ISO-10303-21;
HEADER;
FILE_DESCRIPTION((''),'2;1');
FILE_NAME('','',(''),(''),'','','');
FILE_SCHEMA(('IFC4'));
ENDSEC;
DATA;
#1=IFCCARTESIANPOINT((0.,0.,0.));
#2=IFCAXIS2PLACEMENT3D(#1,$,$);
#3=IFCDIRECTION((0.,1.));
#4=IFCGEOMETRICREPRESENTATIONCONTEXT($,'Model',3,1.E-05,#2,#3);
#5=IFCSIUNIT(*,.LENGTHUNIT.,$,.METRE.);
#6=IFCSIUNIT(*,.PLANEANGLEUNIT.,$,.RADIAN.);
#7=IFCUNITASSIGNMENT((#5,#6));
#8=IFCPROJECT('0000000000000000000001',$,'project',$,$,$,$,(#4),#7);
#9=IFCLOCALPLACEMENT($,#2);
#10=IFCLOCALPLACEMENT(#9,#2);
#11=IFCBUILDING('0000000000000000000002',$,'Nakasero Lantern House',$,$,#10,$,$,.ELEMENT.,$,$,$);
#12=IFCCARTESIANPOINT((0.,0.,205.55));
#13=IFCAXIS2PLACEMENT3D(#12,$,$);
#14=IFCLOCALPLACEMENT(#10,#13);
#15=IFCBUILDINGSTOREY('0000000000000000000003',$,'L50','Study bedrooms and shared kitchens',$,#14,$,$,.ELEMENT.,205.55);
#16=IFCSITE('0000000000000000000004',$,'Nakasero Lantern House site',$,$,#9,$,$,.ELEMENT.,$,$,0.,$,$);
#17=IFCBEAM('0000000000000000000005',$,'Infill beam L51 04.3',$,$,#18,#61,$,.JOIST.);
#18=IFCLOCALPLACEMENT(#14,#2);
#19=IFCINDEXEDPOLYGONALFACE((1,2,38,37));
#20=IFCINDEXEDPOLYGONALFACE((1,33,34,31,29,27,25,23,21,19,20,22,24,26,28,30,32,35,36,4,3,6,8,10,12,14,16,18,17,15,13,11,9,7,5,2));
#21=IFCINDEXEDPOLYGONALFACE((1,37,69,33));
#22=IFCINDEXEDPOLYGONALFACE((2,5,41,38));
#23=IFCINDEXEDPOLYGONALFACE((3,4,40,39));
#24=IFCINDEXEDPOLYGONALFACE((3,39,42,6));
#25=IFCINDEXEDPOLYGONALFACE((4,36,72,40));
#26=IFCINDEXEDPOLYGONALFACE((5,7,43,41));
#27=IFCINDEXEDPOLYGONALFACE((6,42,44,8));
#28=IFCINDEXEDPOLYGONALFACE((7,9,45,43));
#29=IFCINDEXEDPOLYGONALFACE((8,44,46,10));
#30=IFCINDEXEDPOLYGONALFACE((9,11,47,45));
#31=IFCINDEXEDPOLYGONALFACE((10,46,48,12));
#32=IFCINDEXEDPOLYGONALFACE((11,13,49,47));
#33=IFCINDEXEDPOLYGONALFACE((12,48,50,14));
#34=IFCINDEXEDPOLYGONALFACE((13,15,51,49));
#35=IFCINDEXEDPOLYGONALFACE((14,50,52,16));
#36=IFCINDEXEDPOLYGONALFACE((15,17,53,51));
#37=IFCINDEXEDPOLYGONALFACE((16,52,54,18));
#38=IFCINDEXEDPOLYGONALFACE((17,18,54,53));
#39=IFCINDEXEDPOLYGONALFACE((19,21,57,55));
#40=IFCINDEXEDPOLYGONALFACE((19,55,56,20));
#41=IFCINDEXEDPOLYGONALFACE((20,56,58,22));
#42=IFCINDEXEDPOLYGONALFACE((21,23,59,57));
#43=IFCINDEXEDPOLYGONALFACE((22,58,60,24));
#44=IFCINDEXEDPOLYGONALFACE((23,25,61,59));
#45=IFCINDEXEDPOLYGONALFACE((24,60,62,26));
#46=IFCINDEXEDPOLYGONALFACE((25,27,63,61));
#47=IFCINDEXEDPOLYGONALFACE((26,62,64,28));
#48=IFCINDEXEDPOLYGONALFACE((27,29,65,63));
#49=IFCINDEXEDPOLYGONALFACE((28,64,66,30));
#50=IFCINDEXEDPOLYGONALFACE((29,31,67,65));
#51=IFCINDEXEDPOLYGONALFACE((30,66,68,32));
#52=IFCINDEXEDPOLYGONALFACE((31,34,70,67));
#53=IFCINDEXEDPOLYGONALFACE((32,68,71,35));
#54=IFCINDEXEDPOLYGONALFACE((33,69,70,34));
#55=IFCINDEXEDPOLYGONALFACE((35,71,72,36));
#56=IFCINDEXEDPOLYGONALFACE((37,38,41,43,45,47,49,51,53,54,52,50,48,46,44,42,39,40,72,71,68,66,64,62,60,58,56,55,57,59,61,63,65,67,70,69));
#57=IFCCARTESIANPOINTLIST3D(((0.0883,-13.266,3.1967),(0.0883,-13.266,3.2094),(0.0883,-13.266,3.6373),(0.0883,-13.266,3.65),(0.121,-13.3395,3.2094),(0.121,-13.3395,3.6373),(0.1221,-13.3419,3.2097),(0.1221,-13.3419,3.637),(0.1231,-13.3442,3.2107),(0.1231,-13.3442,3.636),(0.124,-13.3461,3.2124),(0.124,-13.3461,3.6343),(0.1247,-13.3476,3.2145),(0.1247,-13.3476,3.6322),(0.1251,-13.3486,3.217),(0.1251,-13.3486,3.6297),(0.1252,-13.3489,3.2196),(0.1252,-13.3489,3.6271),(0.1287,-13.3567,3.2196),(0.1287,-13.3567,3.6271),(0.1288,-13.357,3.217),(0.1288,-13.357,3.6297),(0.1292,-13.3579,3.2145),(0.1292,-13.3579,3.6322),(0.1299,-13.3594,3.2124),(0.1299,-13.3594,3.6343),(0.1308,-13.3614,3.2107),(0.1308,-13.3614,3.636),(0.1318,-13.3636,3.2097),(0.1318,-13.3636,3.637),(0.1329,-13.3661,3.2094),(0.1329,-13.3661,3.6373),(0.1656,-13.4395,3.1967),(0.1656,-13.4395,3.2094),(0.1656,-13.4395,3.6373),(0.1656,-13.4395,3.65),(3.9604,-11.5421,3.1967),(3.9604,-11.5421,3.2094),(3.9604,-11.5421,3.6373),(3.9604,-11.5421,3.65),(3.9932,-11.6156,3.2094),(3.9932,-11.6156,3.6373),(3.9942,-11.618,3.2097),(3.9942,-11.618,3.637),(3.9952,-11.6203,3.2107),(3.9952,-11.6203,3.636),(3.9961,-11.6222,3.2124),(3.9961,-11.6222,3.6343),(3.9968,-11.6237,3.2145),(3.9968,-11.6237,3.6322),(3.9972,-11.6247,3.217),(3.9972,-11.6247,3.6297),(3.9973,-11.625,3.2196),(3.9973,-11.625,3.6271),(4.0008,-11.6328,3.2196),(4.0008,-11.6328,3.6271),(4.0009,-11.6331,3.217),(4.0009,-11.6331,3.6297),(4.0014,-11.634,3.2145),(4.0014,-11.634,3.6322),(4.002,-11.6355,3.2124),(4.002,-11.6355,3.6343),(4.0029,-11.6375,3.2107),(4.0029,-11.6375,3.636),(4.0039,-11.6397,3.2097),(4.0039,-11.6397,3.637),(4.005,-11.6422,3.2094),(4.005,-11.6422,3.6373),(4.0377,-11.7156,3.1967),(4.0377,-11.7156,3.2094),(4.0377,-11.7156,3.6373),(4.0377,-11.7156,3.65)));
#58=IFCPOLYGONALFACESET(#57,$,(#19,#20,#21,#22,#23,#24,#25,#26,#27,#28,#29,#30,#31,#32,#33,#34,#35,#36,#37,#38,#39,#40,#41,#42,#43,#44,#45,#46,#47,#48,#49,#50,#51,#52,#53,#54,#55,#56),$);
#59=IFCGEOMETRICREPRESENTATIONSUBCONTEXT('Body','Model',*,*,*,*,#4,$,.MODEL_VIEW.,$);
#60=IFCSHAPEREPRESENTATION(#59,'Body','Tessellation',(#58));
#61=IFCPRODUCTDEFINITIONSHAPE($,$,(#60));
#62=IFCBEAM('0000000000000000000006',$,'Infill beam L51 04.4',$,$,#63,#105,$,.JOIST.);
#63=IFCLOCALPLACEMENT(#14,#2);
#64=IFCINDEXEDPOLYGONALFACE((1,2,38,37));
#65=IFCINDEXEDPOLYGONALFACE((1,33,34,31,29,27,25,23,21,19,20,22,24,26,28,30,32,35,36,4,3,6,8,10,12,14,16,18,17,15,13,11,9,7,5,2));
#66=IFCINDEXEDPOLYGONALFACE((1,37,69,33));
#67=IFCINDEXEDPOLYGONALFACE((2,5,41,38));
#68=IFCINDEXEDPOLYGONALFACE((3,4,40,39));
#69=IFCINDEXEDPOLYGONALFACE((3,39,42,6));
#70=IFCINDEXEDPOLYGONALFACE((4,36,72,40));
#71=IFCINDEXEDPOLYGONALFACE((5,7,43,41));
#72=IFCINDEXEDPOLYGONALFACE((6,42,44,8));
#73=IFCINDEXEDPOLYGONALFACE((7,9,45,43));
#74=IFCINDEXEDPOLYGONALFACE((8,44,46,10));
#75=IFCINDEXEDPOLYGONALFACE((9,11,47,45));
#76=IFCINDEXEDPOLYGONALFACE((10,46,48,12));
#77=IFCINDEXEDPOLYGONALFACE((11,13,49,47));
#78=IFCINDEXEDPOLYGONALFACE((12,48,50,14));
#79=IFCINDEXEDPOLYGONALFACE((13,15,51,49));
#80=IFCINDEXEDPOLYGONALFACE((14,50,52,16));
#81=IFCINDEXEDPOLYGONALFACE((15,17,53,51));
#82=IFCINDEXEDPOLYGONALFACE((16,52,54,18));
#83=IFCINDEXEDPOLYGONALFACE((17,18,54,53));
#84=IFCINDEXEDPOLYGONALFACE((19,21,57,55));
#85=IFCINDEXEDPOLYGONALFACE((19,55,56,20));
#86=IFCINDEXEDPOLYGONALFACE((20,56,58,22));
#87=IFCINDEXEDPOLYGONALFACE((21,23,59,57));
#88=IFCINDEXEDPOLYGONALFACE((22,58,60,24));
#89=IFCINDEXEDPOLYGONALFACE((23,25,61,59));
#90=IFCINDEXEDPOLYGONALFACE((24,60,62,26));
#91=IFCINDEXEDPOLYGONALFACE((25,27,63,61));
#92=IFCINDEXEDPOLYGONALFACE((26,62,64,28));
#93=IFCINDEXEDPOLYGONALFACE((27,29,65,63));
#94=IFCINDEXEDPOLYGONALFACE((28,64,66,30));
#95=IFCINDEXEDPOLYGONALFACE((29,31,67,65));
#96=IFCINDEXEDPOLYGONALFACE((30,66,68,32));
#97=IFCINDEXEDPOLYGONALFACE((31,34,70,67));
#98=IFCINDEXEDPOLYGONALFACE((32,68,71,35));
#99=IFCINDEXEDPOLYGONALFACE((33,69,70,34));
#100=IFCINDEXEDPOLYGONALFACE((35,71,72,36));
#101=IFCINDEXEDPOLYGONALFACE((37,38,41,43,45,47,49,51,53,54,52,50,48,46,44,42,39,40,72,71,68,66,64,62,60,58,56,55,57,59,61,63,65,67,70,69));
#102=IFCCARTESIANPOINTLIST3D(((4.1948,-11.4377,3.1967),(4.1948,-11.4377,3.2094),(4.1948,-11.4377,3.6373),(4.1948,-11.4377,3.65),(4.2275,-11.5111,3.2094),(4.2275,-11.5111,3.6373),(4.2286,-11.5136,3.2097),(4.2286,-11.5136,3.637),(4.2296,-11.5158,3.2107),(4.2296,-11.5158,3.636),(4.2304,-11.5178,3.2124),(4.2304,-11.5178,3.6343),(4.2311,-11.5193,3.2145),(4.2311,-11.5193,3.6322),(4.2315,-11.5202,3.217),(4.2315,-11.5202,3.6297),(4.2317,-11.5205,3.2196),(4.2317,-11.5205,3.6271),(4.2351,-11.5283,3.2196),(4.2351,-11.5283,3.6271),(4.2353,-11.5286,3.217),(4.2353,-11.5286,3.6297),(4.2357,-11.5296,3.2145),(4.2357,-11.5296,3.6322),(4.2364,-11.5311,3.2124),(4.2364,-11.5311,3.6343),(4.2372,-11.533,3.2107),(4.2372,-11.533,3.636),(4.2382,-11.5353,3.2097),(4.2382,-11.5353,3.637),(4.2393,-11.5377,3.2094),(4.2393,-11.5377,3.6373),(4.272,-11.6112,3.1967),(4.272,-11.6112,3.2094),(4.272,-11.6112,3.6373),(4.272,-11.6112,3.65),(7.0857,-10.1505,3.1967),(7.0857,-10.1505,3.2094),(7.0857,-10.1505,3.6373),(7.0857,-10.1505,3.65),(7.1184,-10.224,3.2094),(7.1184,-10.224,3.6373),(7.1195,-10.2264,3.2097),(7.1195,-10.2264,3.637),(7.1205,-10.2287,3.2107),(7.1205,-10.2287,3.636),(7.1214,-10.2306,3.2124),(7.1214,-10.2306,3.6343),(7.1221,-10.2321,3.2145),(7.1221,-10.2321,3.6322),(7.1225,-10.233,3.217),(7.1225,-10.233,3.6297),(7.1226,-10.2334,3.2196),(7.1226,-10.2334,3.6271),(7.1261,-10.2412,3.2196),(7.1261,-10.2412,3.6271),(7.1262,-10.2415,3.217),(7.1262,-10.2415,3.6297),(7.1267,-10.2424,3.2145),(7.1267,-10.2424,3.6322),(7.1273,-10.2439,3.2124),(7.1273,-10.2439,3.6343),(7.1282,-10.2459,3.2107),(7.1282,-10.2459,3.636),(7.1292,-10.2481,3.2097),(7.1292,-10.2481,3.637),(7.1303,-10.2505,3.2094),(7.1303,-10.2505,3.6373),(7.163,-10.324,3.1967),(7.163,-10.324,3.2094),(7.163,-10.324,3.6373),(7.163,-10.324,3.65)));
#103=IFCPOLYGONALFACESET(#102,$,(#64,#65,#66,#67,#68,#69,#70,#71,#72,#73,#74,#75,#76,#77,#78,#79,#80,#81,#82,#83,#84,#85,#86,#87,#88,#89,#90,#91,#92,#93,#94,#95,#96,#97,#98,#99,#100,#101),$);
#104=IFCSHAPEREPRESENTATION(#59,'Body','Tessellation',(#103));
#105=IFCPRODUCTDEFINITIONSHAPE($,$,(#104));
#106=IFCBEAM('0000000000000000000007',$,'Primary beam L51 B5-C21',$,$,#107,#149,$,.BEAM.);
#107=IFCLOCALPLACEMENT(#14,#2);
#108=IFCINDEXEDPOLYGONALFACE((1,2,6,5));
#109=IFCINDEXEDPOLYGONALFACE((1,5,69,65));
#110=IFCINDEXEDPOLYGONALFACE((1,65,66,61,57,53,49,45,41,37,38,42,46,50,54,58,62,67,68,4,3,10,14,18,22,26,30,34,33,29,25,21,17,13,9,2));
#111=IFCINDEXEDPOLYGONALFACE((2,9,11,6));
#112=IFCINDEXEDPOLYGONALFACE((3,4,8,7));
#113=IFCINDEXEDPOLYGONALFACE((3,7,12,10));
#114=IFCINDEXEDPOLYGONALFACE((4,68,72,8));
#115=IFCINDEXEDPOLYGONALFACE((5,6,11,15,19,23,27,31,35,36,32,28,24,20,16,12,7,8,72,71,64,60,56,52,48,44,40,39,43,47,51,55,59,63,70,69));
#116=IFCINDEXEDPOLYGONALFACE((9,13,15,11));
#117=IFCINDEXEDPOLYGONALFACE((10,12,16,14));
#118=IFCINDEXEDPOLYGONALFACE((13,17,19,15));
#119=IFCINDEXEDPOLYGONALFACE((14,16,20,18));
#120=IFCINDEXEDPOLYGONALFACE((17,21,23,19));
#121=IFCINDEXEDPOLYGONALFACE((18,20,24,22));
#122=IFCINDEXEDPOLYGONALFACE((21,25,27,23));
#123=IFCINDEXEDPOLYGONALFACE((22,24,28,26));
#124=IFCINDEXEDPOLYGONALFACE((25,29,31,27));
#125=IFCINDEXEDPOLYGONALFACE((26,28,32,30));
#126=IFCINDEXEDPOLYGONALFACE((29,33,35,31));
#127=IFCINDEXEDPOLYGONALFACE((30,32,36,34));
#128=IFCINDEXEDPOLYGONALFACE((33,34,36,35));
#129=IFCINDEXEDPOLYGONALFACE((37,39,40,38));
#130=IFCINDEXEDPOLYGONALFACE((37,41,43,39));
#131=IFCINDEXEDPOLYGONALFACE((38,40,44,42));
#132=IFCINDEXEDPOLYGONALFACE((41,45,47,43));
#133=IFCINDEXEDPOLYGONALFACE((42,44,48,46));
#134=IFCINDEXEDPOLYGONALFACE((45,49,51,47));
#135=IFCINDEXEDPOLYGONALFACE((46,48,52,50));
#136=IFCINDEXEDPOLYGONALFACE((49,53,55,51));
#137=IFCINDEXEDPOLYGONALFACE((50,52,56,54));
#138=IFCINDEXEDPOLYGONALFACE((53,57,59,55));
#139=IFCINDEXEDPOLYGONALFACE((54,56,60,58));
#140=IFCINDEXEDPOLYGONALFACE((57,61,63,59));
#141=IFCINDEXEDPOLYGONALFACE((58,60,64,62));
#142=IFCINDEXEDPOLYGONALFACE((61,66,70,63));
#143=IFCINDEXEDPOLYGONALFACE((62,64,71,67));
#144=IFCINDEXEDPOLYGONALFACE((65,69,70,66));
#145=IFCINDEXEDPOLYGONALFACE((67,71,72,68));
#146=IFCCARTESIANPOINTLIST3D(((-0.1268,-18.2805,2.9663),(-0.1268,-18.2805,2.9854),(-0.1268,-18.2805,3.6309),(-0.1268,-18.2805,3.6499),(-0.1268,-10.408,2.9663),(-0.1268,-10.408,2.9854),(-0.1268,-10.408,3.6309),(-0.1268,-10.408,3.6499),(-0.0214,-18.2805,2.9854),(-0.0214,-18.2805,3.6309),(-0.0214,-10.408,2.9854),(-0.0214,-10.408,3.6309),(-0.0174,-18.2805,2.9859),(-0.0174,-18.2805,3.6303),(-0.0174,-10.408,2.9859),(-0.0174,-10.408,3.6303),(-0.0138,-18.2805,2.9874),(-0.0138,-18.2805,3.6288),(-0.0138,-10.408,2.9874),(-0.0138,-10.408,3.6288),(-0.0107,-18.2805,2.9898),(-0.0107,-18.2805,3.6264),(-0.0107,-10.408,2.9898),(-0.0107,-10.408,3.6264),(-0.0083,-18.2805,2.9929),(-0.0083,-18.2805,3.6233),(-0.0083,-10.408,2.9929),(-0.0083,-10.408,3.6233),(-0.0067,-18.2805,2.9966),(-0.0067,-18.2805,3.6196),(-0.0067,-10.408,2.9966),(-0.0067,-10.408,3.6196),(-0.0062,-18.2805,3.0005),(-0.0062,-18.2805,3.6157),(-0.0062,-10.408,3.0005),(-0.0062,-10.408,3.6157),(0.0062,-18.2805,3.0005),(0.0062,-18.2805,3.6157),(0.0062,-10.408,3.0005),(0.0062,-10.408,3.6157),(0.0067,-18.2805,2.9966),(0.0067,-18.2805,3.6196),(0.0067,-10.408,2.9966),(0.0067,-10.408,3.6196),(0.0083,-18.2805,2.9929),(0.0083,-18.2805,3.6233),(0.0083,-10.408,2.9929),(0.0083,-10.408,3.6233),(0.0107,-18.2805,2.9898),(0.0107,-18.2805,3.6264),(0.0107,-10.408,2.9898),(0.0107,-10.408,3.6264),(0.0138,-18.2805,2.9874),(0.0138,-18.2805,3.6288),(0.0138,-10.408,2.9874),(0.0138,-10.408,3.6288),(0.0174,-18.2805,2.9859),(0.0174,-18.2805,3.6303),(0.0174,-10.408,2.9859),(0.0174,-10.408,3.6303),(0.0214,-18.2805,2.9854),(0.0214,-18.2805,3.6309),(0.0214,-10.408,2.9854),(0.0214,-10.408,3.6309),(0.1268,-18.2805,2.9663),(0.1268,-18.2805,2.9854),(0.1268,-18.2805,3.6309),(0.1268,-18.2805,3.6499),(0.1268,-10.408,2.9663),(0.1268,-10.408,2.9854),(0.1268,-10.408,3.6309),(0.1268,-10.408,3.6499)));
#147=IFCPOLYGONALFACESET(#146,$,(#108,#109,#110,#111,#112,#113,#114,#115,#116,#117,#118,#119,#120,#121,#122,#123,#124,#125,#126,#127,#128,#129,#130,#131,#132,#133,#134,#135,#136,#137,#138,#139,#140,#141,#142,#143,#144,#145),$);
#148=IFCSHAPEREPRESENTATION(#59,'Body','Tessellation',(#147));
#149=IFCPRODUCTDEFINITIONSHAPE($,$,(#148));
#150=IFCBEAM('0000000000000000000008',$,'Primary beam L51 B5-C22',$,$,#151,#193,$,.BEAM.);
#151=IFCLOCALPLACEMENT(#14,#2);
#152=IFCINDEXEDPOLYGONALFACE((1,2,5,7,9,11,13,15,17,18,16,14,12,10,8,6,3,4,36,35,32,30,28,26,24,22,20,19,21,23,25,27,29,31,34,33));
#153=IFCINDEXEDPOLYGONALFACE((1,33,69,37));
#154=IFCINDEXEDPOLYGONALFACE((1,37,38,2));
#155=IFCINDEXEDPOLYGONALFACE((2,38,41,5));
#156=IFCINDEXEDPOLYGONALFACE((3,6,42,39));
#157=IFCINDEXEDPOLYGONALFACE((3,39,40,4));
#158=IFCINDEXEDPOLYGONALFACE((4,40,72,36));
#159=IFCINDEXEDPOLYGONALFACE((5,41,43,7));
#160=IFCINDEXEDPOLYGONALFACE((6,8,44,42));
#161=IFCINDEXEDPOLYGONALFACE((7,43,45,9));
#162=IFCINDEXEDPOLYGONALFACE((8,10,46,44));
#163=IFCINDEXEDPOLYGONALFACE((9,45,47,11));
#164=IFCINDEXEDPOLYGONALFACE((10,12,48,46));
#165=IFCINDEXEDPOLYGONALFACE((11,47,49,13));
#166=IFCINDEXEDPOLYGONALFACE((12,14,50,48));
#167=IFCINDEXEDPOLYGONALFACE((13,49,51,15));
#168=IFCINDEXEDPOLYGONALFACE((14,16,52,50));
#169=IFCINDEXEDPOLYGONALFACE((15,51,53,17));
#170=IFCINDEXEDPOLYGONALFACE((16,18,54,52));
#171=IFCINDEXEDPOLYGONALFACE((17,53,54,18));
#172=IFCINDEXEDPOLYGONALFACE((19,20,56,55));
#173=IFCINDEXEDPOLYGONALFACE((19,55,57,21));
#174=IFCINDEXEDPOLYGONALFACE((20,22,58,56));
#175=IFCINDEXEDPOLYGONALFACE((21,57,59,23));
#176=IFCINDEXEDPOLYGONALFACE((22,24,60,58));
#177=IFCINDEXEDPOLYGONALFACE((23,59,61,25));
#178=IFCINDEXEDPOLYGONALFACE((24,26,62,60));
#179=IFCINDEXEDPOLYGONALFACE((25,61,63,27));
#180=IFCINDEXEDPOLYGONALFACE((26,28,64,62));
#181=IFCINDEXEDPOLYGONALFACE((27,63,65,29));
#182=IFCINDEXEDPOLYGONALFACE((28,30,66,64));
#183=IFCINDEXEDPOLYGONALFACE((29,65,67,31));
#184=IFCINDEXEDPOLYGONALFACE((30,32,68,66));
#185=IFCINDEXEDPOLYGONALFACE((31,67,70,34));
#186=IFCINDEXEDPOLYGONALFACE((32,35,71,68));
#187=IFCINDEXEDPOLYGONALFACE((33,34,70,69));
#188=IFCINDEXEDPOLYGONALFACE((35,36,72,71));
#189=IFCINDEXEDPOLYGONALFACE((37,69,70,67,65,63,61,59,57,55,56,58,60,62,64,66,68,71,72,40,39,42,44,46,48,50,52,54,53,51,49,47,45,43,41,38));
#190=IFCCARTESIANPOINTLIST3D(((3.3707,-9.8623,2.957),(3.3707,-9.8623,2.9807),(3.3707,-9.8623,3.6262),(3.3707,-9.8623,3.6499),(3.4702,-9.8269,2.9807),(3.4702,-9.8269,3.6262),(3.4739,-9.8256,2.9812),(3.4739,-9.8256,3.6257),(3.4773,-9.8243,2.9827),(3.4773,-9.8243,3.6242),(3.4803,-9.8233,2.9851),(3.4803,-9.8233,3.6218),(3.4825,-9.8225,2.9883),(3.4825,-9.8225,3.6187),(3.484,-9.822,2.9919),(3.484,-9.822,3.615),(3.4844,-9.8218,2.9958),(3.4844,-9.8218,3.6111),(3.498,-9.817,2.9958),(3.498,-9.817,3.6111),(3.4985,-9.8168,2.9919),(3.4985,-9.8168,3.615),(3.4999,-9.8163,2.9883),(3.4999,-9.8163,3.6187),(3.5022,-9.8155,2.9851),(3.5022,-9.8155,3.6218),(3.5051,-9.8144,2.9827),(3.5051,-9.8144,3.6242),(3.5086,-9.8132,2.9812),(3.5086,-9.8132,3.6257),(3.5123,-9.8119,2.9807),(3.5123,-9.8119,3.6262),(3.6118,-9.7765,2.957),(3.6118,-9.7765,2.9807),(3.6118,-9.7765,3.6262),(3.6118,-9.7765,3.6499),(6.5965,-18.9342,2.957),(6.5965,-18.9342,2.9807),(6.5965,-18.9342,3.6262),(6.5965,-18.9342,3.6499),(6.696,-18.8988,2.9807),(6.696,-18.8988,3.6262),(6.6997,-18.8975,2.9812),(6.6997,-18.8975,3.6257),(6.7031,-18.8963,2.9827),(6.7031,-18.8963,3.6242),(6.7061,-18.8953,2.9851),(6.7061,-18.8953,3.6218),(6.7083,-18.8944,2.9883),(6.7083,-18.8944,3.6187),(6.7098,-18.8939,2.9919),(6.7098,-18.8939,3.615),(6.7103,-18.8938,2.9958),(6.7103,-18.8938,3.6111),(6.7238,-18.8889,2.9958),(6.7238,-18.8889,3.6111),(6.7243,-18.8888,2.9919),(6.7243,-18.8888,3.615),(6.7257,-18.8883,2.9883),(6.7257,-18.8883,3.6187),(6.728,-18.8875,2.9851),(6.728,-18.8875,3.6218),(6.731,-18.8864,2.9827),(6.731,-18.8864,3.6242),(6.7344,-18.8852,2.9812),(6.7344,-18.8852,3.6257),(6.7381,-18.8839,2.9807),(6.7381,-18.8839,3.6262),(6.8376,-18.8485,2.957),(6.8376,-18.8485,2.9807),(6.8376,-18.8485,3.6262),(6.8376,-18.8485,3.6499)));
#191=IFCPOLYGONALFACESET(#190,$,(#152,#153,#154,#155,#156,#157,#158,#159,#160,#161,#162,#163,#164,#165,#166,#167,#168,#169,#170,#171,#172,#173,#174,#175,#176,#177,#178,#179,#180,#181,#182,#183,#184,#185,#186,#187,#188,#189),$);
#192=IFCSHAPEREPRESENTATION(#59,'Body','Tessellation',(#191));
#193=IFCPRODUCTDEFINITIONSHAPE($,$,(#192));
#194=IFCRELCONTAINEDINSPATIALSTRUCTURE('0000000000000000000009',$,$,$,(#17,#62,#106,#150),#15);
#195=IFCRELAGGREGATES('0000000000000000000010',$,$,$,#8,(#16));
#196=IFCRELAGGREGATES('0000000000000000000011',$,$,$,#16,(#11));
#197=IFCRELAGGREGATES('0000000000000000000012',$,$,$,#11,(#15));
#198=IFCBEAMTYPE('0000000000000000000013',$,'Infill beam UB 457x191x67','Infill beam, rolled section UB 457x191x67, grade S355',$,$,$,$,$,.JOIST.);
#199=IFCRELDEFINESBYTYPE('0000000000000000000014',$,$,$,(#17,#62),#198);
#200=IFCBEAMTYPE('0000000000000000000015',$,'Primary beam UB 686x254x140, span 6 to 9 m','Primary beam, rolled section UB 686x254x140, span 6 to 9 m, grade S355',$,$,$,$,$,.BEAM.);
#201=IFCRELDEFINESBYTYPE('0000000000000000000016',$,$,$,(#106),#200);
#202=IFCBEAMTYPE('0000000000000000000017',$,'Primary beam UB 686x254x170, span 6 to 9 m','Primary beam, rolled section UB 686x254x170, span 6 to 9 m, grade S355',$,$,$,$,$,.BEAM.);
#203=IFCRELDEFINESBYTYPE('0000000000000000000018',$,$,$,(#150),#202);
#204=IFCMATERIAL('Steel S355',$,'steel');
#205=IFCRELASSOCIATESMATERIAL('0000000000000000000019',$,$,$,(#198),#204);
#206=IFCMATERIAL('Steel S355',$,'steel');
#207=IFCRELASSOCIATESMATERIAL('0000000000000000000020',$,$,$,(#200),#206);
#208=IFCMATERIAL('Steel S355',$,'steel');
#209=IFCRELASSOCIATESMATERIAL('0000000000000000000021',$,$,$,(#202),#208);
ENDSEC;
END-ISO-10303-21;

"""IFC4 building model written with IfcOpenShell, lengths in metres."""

from ifc_helpers import new_model, si_unit, direction, frame, origin, origin_2d, place, context, subcontext, project, spatial, i_section, extrude, material, material_profile, profile_set, type_object, element, save


model = new_model("IFC4")

# Units and contexts
model_context = context("Model", 3, precision=1e-05, world=origin(), true_north=direction((0.0, 1.0)))
body_context = subcontext(model_context, "Body", "Model", "MODEL_VIEW")
ifc_project = project(units=[si_unit("LENGTHUNIT", "METRE"), si_unit("PLANEANGLEUNIT", "RADIAN")], contexts=[model_context])

# Site, building, storey
site_placement = place(None, origin())
site = spatial("IfcSite", under=ifc_project, at=site_placement, Name="Nakasero Lantern House site", CompositionType="ELEMENT", RefElevation=0.0)
building_placement = place(site_placement, origin())
building = spatial("IfcBuilding", under=site, at=building_placement, Name="Nakasero Lantern House", CompositionType="ELEMENT")
storey_placement = place(building_placement, frame((0.0, 0.0, 205.55)))
storey = spatial("IfcBuildingStorey", under=building, at=storey_placement, Name="L50", Description="Study bedrooms and shared kitchens", CompositionType="ELEMENT", Elevation=205.55)

# Beams
ifc_material_1 = material(Name="Steel S355", Category="steel")
ifc_material_profile_1 = material_profile(ifc_material_1, i_section(OverallWidth=0.1899, OverallDepth=0.4534, WebThickness=0.0085, FlangeThickness=0.0127, FilletRadius=0.0103, at=origin_2d()), Name="UB 457x191x67")
ifc_profile_set_1 = profile_set([ifc_material_profile_1], Name="Steel S355")
beam_type_1 = type_object("IfcBeamType", Name="Infill beam UB 457x191x67", Description="Infill beam, rolled section UB 457x191x67, grade S355", PredefinedType="JOIST", material=ifc_profile_set_1)
beam_1_placement = place(storey_placement, frame((0.127, -13.3528, 3.4233), z_axis=(0.913552, 0.406721, 0.0), x_axis=(-0.406721, 0.913552, 0.0)))
element("IfcBeam", 1, at=beam_1_placement, inside=storey, type_object=beam_type_1, Name="Infill beam L51 04.3", PredefinedType="JOIST", context=body_context, shape_type="SweptSolid", body=[
    extrude(i_section(OverallWidth=0.1899, OverallDepth=0.4534, WebThickness=0.0085, FlangeThickness=0.0127, FilletRadius=0.0103, at=origin_2d()), origin(), (0.0, 0.0, 1.0), 4.2385),
])
beam_2_placement = place(storey_placement, frame((4.2334, -11.5244, 3.4233), z_axis=(0.913544, 0.40674, 0.0), x_axis=(-0.40674, 0.913544, 0.0)))
element("IfcBeam", 2, at=beam_2_placement, inside=storey, type_object=beam_type_1, Name="Infill beam L51 04.4", PredefinedType="JOIST", context=body_context, shape_type="SweptSolid", body=[
    extrude(i_section(OverallWidth=0.1899, OverallDepth=0.4534, WebThickness=0.0085, FlangeThickness=0.0127, FilletRadius=0.0103, at=origin_2d()), origin(), (0.0, 0.0, 1.0), 3.1646),
])
ifc_material_2 = material(Name="Steel S355", Category="steel")
ifc_material_profile_2 = material_profile(ifc_material_2, i_section(OverallWidth=0.2537, OverallDepth=0.6836, WebThickness=0.0125, FlangeThickness=0.019, FilletRadius=0.0151, at=origin_2d()), Name="UB 686x254x140")
ifc_profile_set_2 = profile_set([ifc_material_profile_2], Name="Steel S355")
beam_type_2 = type_object("IfcBeamType", Name="Primary beam UB 686x254x140, span 6 to 9 m", Description="Primary beam, rolled section UB 686x254x140, span 6 to 9 m, grade S355", PredefinedType="BEAM", material=ifc_profile_set_2)
beam_3_placement = place(storey_placement, frame((0.0, -18.2805, 3.3081), z_axis=(0.0, 1.0, 0.0), x_axis=(-1.0, 0.0, 0.0)))
element("IfcBeam", 3, at=beam_3_placement, inside=storey, type_object=beam_type_2, Name="Primary beam L51 B5-C21", PredefinedType="BEAM", context=body_context, shape_type="SweptSolid", body=[
    extrude(i_section(OverallWidth=0.2537, OverallDepth=0.6836, WebThickness=0.0125, FlangeThickness=0.019, FilletRadius=0.0151, at=origin_2d()), origin(), (0.0, 0.0, 1.0), 7.8726),
])
ifc_material_3 = material(Name="Steel S355", Category="steel")
ifc_material_profile_3 = material_profile(ifc_material_3, i_section(OverallWidth=0.2559, OverallDepth=0.6929, WebThickness=0.0144, FlangeThickness=0.0237, FilletRadius=0.0151, at=origin_2d()), Name="UB 686x254x170")
ifc_profile_set_3 = profile_set([ifc_material_profile_3], Name="Steel S355")
beam_type_3 = type_object("IfcBeamType", Name="Primary beam UB 686x254x170, span 6 to 9 m", Description="Primary beam, rolled section UB 686x254x170, span 6 to 9 m, grade S355", PredefinedType="BEAM", material=ifc_profile_set_3)
beam_4_placement = place(storey_placement, frame((6.717, -18.8914, 3.3035), z_axis=(-0.33503, 0.942207, 0.0), x_axis=(-0.942207, -0.33503, 0.0)))
element("IfcBeam", 4, at=beam_4_placement, inside=storey, type_object=beam_type_3, Name="Primary beam L51 B5-C22", PredefinedType="BEAM", context=body_context, shape_type="SweptSolid", body=[
    extrude(i_section(OverallWidth=0.2559, OverallDepth=0.6929, WebThickness=0.0144, FlangeThickness=0.0237, FilletRadius=0.0151, at=origin_2d()), origin(), (0.0, 0.0, 1.0), 9.6284),
])

save(model, "model.ifc")
